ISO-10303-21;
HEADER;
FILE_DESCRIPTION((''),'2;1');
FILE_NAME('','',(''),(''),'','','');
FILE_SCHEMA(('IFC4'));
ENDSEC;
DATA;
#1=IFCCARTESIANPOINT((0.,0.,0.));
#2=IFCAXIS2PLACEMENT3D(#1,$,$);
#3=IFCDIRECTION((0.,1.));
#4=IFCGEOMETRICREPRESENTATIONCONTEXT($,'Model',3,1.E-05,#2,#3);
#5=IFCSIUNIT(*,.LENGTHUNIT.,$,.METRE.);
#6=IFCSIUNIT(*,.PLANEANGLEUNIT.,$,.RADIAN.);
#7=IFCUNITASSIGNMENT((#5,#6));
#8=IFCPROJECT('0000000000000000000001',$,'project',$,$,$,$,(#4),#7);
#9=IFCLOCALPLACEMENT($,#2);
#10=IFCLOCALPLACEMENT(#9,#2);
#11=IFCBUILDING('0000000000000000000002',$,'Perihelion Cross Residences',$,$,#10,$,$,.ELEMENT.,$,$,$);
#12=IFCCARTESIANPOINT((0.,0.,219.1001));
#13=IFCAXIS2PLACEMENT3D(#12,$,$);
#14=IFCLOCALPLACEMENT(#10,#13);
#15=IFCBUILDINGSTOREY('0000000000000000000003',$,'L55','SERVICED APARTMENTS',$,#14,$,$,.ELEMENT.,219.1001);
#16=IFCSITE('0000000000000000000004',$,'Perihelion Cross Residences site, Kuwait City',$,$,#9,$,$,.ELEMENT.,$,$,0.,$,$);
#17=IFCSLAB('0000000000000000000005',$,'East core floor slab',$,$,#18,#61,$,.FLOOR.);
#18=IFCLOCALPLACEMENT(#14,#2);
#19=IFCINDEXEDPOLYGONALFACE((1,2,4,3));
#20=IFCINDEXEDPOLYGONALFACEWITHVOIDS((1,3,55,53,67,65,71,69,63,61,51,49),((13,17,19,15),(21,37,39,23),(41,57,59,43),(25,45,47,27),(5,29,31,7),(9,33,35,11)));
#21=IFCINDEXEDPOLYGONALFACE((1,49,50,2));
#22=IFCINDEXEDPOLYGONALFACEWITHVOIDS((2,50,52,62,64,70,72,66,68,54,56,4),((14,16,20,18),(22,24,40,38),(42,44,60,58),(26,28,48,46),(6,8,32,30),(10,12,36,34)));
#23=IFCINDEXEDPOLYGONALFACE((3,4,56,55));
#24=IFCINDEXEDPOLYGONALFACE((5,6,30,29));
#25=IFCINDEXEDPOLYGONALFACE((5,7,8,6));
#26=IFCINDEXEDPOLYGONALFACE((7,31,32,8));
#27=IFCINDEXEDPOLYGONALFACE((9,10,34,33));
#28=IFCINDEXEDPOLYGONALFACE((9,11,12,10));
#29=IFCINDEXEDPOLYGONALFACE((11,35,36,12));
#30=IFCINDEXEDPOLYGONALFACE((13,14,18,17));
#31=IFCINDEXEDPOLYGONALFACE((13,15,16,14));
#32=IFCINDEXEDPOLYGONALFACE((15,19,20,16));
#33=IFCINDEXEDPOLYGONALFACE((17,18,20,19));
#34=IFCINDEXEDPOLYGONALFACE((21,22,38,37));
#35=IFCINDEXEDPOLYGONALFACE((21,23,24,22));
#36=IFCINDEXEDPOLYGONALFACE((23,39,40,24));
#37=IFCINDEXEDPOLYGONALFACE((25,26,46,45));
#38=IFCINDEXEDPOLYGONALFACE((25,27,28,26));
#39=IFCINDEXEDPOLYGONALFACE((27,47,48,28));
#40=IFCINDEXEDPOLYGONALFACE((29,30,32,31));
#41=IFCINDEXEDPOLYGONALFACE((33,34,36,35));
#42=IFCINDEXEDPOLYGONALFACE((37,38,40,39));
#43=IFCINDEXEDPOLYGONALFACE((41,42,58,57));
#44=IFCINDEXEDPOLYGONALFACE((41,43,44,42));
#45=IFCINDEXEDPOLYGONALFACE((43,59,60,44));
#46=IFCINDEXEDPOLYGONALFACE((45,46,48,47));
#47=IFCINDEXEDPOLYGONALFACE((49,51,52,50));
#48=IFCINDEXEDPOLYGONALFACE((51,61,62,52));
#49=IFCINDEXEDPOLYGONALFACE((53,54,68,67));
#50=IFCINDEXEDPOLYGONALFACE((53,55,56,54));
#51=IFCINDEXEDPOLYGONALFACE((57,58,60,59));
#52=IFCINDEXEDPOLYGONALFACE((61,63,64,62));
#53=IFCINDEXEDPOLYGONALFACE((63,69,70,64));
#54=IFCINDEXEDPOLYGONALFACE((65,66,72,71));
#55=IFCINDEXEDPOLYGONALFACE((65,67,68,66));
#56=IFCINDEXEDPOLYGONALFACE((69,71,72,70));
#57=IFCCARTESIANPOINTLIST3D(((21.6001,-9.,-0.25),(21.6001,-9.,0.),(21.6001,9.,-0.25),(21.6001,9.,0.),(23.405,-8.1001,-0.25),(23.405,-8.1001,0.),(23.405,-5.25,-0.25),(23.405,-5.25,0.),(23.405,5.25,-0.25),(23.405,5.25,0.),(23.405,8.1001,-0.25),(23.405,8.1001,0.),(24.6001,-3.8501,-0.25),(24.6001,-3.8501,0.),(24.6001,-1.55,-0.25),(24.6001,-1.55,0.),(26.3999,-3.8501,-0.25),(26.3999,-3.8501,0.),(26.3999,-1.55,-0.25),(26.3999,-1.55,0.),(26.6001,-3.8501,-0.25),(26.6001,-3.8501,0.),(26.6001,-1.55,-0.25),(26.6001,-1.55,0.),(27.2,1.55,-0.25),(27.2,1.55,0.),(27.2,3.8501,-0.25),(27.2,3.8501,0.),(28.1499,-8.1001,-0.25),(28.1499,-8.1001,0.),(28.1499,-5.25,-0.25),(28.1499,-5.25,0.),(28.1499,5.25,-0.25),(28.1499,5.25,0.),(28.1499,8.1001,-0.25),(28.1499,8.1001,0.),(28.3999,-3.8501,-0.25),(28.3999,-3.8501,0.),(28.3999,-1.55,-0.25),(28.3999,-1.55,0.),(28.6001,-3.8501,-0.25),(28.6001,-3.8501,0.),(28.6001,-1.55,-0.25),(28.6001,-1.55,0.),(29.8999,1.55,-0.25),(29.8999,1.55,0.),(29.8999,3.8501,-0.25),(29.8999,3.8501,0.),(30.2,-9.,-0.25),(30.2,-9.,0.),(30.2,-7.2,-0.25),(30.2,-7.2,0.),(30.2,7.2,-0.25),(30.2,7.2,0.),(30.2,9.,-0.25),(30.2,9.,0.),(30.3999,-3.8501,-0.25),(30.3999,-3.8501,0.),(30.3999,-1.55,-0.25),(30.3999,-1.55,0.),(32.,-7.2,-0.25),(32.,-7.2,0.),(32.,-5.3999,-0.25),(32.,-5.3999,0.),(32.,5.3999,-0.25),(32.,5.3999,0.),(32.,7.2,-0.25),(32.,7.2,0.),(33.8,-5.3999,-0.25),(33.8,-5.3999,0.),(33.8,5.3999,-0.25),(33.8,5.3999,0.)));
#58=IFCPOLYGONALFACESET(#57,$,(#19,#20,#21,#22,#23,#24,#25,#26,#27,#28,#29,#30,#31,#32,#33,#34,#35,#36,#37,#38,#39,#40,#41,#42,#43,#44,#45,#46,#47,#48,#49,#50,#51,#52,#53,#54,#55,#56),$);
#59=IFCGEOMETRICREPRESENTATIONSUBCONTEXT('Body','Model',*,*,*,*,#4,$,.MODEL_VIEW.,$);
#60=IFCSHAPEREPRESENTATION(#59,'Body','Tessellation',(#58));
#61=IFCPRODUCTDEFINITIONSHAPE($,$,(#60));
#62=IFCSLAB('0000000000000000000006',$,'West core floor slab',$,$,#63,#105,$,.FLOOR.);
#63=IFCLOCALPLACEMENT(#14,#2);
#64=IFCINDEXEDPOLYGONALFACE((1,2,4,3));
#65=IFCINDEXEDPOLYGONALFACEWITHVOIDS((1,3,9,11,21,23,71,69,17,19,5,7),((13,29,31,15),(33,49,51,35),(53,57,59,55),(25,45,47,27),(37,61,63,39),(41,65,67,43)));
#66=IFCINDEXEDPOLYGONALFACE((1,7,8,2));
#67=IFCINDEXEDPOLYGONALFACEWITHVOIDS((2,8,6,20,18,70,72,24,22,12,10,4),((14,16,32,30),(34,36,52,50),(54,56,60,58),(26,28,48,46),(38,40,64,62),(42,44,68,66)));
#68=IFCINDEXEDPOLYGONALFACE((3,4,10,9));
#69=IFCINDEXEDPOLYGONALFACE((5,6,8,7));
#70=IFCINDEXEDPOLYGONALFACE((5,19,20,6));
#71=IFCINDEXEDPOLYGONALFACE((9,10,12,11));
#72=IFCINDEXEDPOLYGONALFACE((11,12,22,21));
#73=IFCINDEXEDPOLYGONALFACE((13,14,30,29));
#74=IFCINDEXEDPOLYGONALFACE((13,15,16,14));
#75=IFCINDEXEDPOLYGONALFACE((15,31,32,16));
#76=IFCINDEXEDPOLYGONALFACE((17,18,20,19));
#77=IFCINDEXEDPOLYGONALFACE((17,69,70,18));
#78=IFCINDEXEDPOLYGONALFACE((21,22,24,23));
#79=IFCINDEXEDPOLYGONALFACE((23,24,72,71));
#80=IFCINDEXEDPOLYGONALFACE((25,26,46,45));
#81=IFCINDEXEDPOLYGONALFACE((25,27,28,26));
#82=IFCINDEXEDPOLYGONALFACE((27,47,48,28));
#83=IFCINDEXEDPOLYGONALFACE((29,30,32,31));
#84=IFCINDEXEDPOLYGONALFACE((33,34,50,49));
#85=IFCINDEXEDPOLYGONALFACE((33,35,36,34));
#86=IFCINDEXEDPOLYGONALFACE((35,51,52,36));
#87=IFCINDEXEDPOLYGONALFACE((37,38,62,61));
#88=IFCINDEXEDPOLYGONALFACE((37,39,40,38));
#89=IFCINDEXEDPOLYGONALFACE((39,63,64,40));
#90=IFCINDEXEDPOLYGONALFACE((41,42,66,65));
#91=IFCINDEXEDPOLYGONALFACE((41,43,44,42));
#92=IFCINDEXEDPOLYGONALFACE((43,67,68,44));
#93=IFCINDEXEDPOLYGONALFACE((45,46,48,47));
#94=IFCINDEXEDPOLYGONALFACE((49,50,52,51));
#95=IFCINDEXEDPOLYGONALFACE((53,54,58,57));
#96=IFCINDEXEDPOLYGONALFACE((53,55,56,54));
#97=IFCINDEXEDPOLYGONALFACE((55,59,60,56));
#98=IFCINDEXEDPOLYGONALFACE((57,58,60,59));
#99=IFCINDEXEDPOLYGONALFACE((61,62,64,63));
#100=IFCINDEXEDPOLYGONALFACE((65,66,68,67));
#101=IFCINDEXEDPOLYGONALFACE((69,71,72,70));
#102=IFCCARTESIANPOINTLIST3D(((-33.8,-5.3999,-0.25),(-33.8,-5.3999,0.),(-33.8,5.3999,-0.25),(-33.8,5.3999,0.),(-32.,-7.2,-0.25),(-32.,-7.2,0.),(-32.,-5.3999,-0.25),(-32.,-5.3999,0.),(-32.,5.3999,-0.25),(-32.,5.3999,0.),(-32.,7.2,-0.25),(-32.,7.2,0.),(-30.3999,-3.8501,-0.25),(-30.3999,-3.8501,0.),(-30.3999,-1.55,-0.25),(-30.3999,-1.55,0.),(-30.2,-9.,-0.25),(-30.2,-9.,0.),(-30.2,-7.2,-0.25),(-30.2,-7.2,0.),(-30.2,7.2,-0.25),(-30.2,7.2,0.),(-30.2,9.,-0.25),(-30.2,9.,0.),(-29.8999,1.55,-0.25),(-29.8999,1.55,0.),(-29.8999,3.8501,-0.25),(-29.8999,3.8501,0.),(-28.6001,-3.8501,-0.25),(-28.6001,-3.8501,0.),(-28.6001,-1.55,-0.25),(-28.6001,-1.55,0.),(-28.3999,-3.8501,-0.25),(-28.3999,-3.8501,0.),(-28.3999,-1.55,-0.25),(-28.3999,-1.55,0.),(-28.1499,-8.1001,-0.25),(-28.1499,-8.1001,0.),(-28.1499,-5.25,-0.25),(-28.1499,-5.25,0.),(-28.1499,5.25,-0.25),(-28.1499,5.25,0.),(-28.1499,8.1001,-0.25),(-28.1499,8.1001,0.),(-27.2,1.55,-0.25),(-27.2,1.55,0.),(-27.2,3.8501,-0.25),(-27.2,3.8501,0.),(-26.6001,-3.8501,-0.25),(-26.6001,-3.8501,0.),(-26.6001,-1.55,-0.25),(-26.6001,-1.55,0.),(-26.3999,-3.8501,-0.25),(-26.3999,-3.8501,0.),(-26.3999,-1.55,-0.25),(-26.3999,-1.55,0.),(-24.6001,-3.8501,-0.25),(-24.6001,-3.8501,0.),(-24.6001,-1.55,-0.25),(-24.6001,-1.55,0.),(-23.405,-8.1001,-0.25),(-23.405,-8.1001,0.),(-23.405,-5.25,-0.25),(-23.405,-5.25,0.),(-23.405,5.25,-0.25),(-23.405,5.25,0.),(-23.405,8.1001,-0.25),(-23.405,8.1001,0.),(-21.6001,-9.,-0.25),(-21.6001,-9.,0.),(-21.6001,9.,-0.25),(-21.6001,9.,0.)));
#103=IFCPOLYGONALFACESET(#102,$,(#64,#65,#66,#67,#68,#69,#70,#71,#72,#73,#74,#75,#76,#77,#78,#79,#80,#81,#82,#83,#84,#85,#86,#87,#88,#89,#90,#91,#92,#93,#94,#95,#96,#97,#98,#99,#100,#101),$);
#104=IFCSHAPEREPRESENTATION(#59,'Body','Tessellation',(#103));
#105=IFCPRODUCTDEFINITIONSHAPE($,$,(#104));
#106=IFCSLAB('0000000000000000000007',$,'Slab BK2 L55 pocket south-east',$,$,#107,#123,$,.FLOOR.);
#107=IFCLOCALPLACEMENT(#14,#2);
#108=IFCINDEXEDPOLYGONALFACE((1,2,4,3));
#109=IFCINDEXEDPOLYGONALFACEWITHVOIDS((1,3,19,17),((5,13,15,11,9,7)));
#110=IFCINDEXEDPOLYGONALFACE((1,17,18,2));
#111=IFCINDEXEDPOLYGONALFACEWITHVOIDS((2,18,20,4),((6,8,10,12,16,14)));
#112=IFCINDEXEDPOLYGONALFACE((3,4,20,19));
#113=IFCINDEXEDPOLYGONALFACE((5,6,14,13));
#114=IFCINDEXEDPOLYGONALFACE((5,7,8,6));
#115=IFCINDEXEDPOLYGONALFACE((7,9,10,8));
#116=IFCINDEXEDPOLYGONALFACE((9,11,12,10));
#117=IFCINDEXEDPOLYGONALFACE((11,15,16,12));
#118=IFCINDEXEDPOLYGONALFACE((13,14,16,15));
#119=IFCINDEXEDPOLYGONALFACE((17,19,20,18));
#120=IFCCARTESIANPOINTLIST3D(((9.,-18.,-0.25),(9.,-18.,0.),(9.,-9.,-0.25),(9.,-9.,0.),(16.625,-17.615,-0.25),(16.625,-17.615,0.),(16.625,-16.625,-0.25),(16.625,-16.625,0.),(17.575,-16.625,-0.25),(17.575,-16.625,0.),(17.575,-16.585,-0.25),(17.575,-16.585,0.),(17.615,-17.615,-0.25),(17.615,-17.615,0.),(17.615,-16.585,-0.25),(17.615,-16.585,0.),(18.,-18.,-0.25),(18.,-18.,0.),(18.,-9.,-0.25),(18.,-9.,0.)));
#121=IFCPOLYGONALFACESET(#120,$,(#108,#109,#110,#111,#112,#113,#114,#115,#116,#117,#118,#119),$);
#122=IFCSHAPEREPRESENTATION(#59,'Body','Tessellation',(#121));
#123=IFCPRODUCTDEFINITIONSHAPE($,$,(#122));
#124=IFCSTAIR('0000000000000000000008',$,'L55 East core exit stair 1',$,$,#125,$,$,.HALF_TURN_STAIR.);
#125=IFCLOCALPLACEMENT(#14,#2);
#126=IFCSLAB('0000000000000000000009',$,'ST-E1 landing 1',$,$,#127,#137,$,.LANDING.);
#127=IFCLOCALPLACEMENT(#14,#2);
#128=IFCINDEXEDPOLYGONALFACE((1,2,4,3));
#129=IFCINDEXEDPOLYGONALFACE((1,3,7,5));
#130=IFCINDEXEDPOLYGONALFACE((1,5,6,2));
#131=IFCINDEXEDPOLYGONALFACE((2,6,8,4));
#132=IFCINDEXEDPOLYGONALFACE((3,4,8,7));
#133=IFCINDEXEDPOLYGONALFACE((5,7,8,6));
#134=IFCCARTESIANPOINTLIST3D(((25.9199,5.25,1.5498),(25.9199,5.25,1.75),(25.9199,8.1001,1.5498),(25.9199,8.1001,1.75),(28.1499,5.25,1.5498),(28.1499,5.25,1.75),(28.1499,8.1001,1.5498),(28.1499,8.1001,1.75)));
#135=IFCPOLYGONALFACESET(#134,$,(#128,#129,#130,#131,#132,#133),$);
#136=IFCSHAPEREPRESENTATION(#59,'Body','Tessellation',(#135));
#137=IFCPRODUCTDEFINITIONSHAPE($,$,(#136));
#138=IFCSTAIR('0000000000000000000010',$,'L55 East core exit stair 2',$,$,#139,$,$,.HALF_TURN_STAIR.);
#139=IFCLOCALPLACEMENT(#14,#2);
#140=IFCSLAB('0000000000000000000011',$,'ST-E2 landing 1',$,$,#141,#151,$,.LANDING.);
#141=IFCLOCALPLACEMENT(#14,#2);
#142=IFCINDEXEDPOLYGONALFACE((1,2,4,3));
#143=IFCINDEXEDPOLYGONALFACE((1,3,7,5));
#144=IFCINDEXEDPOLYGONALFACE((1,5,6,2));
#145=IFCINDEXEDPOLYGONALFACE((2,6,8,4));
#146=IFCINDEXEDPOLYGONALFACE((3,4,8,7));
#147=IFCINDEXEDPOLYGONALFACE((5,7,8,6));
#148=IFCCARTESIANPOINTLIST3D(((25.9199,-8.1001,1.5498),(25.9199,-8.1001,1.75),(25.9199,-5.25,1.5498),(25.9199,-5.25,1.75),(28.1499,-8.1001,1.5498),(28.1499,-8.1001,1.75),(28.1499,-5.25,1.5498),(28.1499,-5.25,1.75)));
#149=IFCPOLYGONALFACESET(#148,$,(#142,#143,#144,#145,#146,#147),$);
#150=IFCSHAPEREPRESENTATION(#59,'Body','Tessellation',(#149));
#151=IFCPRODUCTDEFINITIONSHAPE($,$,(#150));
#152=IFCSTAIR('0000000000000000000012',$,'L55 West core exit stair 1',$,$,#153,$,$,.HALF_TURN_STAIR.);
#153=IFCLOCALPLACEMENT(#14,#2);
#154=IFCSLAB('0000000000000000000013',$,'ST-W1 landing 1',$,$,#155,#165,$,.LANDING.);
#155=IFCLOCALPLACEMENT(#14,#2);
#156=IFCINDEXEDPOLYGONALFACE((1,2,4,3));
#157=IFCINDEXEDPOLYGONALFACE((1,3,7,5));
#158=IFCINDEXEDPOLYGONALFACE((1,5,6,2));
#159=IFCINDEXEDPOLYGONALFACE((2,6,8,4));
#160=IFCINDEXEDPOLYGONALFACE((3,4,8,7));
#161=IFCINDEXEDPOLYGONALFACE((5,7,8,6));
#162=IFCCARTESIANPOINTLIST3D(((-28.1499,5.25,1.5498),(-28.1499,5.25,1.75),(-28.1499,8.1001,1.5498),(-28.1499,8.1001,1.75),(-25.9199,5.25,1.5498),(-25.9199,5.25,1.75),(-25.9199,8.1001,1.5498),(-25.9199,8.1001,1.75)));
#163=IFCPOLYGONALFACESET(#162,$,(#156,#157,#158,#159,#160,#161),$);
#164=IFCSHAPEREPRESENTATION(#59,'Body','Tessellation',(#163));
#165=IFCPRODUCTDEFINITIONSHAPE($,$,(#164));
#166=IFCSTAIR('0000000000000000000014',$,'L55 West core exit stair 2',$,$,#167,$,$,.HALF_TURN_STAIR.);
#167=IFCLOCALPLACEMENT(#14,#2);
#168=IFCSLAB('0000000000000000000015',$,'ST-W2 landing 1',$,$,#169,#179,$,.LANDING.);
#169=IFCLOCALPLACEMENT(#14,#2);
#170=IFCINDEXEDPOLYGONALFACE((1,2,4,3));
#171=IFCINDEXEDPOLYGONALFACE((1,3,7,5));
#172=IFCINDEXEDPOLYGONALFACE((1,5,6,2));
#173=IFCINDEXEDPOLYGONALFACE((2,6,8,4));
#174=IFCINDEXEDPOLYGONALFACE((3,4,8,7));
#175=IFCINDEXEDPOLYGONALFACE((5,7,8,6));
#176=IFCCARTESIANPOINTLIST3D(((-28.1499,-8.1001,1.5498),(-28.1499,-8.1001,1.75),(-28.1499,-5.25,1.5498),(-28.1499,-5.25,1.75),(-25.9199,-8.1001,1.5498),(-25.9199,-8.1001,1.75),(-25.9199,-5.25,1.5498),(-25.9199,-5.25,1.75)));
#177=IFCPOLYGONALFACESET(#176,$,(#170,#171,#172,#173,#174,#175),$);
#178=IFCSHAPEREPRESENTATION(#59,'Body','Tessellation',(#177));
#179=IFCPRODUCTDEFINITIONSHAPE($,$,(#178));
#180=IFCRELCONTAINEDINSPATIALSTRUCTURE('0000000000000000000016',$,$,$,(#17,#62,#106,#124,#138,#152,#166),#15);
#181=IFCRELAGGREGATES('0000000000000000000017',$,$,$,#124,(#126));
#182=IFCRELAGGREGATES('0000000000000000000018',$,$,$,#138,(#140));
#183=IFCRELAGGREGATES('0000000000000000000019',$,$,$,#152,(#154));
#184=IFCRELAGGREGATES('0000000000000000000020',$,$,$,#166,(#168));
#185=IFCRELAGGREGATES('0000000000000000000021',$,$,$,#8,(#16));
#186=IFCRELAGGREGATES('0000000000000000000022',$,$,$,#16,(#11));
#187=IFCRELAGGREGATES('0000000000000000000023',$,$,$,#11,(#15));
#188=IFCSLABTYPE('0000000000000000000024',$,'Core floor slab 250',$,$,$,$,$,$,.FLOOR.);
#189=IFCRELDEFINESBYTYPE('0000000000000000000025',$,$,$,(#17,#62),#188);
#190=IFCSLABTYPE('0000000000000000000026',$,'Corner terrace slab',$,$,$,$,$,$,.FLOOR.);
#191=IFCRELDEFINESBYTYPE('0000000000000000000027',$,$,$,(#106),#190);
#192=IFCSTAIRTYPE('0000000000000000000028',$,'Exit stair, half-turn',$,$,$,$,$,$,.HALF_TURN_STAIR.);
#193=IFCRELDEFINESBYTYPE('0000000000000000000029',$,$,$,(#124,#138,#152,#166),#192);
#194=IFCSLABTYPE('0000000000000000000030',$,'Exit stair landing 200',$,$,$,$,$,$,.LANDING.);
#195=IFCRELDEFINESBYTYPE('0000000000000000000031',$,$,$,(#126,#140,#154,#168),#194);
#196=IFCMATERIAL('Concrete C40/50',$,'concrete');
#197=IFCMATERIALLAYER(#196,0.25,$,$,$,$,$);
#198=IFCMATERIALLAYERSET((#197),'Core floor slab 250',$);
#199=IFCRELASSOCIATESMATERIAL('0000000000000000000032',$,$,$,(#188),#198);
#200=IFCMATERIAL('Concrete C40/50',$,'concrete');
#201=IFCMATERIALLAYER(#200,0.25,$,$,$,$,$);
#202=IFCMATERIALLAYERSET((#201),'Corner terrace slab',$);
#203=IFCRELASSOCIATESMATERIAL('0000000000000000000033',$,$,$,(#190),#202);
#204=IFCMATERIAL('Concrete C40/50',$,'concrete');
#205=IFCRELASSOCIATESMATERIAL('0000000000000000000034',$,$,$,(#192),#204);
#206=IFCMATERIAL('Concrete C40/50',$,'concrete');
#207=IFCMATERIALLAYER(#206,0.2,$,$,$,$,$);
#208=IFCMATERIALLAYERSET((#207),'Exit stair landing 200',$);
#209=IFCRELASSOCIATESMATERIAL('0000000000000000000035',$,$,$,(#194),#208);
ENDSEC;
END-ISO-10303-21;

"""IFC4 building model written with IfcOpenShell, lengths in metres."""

from ifc_helpers import new_model, si_unit, direction, frame, origin, place, context, subcontext, project, spatial, polyline, outline, extrude, material, layer, layer_set, type_object, element, aggregate, save


model = new_model("IFC4")

# Units and contexts
model_context = context("Model", 3, precision=1e-05, world=origin(), true_north=direction((0.0, 1.0)))
body_context = subcontext(model_context, "Body", "Model", "MODEL_VIEW")
ifc_project = project(units=[si_unit("LENGTHUNIT", "METRE"), si_unit("PLANEANGLEUNIT", "RADIAN")], contexts=[model_context])

# Site, building, storey
site_placement = place(None, origin())
site = spatial("IfcSite", under=ifc_project, at=site_placement, Name="Perihelion Cross Residences site, Kuwait City", CompositionType="ELEMENT", RefElevation=0.0)
building_placement = place(site_placement, origin())
building = spatial("IfcBuilding", under=site, at=building_placement, Name="Perihelion Cross Residences", CompositionType="ELEMENT")
storey_placement = place(building_placement, frame((0.0, 0.0, 219.1001)))
storey = spatial("IfcBuildingStorey", under=building, at=storey_placement, Name="L55", Description="SERVICED APARTMENTS", CompositionType="ELEMENT", Elevation=219.1001)

# Slabs
ifc_material_1 = material(Name="Concrete C40/50", Category="concrete")
ifc_layer_1 = layer(ifc_material_1, 0.25)
ifc_layer_set_1 = layer_set([ifc_layer_1], Name="Core floor slab 250")
slab_type_1 = type_object("IfcSlabType", Name="Core floor slab 250", PredefinedType="FLOOR", material=ifc_layer_set_1)
slab_1_placement = place(storey_placement, frame((0.0, 0.0, -0.25)))
element("IfcSlab", 1, at=slab_1_placement, inside=storey, type_object=slab_type_1, Name="East core floor slab", PredefinedType="FLOOR", context=body_context, shape_type="SweptSolid", body=[
    extrude(outline(polyline([(30.2, 7.2), (32.0, 7.2), (32.0, 5.3999), (33.8, 5.3999), (33.8, -5.3999), (32.0, -5.3999), (32.0, -7.2), (30.2, -7.2), (30.2, -9.0), (21.6001, -9.0), (21.6001, 9.0), (30.2, 9.0), (30.2, 7.2)]), holes=[polyline([(28.1499, -8.1001), (28.1499, -5.25), (23.405, -5.25), (23.405, -8.1001), (28.1499, -8.1001)]), polyline([(24.6001, -1.55), (24.6001, -3.8501), (26.3999, -3.8501), (26.3999, -1.55), (24.6001, -1.55)]), polyline([(26.6001, -1.55), (26.6001, -3.8501), (28.3999, -3.8501), (28.3999, -1.55), (26.6001, -1.55)]), polyline([(28.6001, -3.8501), (30.3999, -3.8501), (30.3999, -1.55), (28.6001, -1.55), (28.6001, -3.8501)]), polyline([(27.2, 3.8501), (27.2, 1.55), (29.8999, 1.55), (29.8999, 3.8501), (27.2, 3.8501)]), polyline([(23.405, 5.25), (28.1499, 5.25), (28.1499, 8.1001), (23.405, 8.1001), (23.405, 5.25)])]), origin(), (0.0, 0.0, 1.0), 0.25),
])
slab_2_placement = place(storey_placement, frame((0.0, 0.0, -0.25)))
element("IfcSlab", 2, at=slab_2_placement, inside=storey, type_object=slab_type_1, Name="West core floor slab", PredefinedType="FLOOR", context=body_context, shape_type="SweptSolid", body=[
    extrude(outline(polyline([(-30.2, 7.2), (-32.0, 7.2), (-32.0, 5.3999), (-33.8, 5.3999), (-33.8, -5.3999), (-32.0, -5.3999), (-32.0, -7.2), (-30.2, -7.2), (-30.2, -9.0), (-21.6001, -9.0), (-21.6001, 9.0), (-30.2, 9.0), (-30.2, 7.2)]), holes=[polyline([(-28.1499, -8.1001), (-28.1499, -5.25), (-23.405, -5.25), (-23.405, -8.1001), (-28.1499, -8.1001)]), polyline([(-24.6001, -1.55), (-24.6001, -3.8501), (-26.3999, -3.8501), (-26.3999, -1.55), (-24.6001, -1.55)]), polyline([(-26.6001, -1.55), (-26.6001, -3.8501), (-28.3999, -3.8501), (-28.3999, -1.55), (-26.6001, -1.55)]), polyline([(-28.6001, -3.8501), (-30.3999, -3.8501), (-30.3999, -1.55), (-28.6001, -1.55), (-28.6001, -3.8501)]), polyline([(-27.2, 3.8501), (-27.2, 1.55), (-29.8999, 1.55), (-29.8999, 3.8501), (-27.2, 3.8501)]), polyline([(-23.405, 5.25), (-28.1499, 5.25), (-28.1499, 8.1001), (-23.405, 8.1001), (-23.405, 5.25)])]), origin(), (0.0, 0.0, 1.0), 0.25),
])
ifc_material_2 = material(Name="Concrete C40/50", Category="concrete")
ifc_layer_2 = layer(ifc_material_2, 0.25)
ifc_layer_set_2 = layer_set([ifc_layer_2], Name="Corner terrace slab")
slab_type_2 = type_object("IfcSlabType", Name="Corner terrace slab", PredefinedType="FLOOR", material=ifc_layer_set_2)
slab_3_placement = place(storey_placement, frame((0.0, 0.0, -0.25)))
element("IfcSlab", 3, at=slab_3_placement, inside=storey, type_object=slab_type_2, Name="Slab BK2 L55 pocket south-east", PredefinedType="FLOOR", context=body_context, shape_type="SweptSolid", body=[
    extrude(outline(polyline([(18.0, -18.0), (18.0, -9.0), (9.0, -9.0), (9.0, -18.0), (18.0, -18.0)]), holes=[polyline([(16.625, -17.615), (16.625, -16.625), (17.575, -16.625), (17.575, -16.585), (17.615, -16.585), (17.615, -17.615), (16.625, -17.615)])]), origin(), (0.0, 0.0, 1.0), 0.25),
])

# Stairs, slabs
ifc_material_3 = material(Name="Concrete C40/50", Category="concrete")
stair_type = type_object("IfcStairType", Name="Exit stair, half-turn", PredefinedType="HALF_TURN_STAIR", material=ifc_material_3)
stair_1_placement = place(storey_placement, origin())
stair_1 = element("IfcStair", 4, at=stair_1_placement, inside=storey, type_object=stair_type, Name="L55 East core exit stair 1", PredefinedType="HALF_TURN_STAIR")
ifc_material_4 = material(Name="Concrete C40/50", Category="concrete")
ifc_layer_3 = layer(ifc_material_4, 0.2)
ifc_layer_set_3 = layer_set([ifc_layer_3], Name="Exit stair landing 200")
slab_type_3 = type_object("IfcSlabType", Name="Exit stair landing 200", PredefinedType="LANDING", material=ifc_layer_set_3)
slab_4_placement = place(storey_placement, frame((0.0, 0.0, 1.5498)))
slab_4 = element("IfcSlab", 5, at=slab_4_placement, type_object=slab_type_3, Name="ST-E1 landing 1", PredefinedType="LANDING", context=body_context, shape_type="SweptSolid", body=[
    extrude(outline(polyline([(25.9199, 5.25), (28.1499, 5.25), (28.1499, 8.1001), (25.9199, 8.1001), (25.9199, 5.25)])), origin(), (0.0, 0.0, 1.0), 0.2002),
])
aggregate(stair_1, [slab_4])
stair_2_placement = place(storey_placement, origin())
stair_2 = element("IfcStair", 6, at=stair_2_placement, inside=storey, type_object=stair_type, Name="L55 East core exit stair 2", PredefinedType="HALF_TURN_STAIR")
slab_5_placement = place(storey_placement, frame((0.0, 0.0, 1.5498)))
slab_5 = element("IfcSlab", 7, at=slab_5_placement, type_object=slab_type_3, Name="ST-E2 landing 1", PredefinedType="LANDING", context=body_context, shape_type="SweptSolid", body=[
    extrude(outline(polyline([(25.9199, -8.1001), (28.1499, -8.1001), (28.1499, -5.25), (25.9199, -5.25), (25.9199, -8.1001)])), origin(), (0.0, 0.0, 1.0), 0.2002),
])
aggregate(stair_2, [slab_5])
stair_3_placement = place(storey_placement, origin())
stair_3 = element("IfcStair", 8, at=stair_3_placement, inside=storey, type_object=stair_type, Name="L55 West core exit stair 1", PredefinedType="HALF_TURN_STAIR")
slab_6_placement = place(storey_placement, frame((0.0, 0.0, 1.5498)))
slab_6 = element("IfcSlab", 9, at=slab_6_placement, type_object=slab_type_3, Name="ST-W1 landing 1", PredefinedType="LANDING", context=body_context, shape_type="SweptSolid", body=[
    extrude(outline(polyline([(-25.9199, 8.1001), (-28.1499, 8.1001), (-28.1499, 5.25), (-25.9199, 5.25), (-25.9199, 8.1001)])), origin(), (0.0, 0.0, 1.0), 0.2002),
])
aggregate(stair_3, [slab_6])
stair_4_placement = place(storey_placement, origin())
stair_4 = element("IfcStair", 10, at=stair_4_placement, inside=storey, type_object=stair_type, Name="L55 West core exit stair 2", PredefinedType="HALF_TURN_STAIR")
slab_7_placement = place(storey_placement, frame((0.0, 0.0, 1.5498)))
slab_7 = element("IfcSlab", 11, at=slab_7_placement, type_object=slab_type_3, Name="ST-W2 landing 1", PredefinedType="LANDING", context=body_context, shape_type="SweptSolid", body=[
    extrude(outline(polyline([(-25.9199, -5.25), (-28.1499, -5.25), (-28.1499, -8.1001), (-25.9199, -8.1001), (-25.9199, -5.25)])), origin(), (0.0, 0.0, 1.0), 0.2002),
])
aggregate(stair_4, [slab_7])

save(model, "model.ifc")
